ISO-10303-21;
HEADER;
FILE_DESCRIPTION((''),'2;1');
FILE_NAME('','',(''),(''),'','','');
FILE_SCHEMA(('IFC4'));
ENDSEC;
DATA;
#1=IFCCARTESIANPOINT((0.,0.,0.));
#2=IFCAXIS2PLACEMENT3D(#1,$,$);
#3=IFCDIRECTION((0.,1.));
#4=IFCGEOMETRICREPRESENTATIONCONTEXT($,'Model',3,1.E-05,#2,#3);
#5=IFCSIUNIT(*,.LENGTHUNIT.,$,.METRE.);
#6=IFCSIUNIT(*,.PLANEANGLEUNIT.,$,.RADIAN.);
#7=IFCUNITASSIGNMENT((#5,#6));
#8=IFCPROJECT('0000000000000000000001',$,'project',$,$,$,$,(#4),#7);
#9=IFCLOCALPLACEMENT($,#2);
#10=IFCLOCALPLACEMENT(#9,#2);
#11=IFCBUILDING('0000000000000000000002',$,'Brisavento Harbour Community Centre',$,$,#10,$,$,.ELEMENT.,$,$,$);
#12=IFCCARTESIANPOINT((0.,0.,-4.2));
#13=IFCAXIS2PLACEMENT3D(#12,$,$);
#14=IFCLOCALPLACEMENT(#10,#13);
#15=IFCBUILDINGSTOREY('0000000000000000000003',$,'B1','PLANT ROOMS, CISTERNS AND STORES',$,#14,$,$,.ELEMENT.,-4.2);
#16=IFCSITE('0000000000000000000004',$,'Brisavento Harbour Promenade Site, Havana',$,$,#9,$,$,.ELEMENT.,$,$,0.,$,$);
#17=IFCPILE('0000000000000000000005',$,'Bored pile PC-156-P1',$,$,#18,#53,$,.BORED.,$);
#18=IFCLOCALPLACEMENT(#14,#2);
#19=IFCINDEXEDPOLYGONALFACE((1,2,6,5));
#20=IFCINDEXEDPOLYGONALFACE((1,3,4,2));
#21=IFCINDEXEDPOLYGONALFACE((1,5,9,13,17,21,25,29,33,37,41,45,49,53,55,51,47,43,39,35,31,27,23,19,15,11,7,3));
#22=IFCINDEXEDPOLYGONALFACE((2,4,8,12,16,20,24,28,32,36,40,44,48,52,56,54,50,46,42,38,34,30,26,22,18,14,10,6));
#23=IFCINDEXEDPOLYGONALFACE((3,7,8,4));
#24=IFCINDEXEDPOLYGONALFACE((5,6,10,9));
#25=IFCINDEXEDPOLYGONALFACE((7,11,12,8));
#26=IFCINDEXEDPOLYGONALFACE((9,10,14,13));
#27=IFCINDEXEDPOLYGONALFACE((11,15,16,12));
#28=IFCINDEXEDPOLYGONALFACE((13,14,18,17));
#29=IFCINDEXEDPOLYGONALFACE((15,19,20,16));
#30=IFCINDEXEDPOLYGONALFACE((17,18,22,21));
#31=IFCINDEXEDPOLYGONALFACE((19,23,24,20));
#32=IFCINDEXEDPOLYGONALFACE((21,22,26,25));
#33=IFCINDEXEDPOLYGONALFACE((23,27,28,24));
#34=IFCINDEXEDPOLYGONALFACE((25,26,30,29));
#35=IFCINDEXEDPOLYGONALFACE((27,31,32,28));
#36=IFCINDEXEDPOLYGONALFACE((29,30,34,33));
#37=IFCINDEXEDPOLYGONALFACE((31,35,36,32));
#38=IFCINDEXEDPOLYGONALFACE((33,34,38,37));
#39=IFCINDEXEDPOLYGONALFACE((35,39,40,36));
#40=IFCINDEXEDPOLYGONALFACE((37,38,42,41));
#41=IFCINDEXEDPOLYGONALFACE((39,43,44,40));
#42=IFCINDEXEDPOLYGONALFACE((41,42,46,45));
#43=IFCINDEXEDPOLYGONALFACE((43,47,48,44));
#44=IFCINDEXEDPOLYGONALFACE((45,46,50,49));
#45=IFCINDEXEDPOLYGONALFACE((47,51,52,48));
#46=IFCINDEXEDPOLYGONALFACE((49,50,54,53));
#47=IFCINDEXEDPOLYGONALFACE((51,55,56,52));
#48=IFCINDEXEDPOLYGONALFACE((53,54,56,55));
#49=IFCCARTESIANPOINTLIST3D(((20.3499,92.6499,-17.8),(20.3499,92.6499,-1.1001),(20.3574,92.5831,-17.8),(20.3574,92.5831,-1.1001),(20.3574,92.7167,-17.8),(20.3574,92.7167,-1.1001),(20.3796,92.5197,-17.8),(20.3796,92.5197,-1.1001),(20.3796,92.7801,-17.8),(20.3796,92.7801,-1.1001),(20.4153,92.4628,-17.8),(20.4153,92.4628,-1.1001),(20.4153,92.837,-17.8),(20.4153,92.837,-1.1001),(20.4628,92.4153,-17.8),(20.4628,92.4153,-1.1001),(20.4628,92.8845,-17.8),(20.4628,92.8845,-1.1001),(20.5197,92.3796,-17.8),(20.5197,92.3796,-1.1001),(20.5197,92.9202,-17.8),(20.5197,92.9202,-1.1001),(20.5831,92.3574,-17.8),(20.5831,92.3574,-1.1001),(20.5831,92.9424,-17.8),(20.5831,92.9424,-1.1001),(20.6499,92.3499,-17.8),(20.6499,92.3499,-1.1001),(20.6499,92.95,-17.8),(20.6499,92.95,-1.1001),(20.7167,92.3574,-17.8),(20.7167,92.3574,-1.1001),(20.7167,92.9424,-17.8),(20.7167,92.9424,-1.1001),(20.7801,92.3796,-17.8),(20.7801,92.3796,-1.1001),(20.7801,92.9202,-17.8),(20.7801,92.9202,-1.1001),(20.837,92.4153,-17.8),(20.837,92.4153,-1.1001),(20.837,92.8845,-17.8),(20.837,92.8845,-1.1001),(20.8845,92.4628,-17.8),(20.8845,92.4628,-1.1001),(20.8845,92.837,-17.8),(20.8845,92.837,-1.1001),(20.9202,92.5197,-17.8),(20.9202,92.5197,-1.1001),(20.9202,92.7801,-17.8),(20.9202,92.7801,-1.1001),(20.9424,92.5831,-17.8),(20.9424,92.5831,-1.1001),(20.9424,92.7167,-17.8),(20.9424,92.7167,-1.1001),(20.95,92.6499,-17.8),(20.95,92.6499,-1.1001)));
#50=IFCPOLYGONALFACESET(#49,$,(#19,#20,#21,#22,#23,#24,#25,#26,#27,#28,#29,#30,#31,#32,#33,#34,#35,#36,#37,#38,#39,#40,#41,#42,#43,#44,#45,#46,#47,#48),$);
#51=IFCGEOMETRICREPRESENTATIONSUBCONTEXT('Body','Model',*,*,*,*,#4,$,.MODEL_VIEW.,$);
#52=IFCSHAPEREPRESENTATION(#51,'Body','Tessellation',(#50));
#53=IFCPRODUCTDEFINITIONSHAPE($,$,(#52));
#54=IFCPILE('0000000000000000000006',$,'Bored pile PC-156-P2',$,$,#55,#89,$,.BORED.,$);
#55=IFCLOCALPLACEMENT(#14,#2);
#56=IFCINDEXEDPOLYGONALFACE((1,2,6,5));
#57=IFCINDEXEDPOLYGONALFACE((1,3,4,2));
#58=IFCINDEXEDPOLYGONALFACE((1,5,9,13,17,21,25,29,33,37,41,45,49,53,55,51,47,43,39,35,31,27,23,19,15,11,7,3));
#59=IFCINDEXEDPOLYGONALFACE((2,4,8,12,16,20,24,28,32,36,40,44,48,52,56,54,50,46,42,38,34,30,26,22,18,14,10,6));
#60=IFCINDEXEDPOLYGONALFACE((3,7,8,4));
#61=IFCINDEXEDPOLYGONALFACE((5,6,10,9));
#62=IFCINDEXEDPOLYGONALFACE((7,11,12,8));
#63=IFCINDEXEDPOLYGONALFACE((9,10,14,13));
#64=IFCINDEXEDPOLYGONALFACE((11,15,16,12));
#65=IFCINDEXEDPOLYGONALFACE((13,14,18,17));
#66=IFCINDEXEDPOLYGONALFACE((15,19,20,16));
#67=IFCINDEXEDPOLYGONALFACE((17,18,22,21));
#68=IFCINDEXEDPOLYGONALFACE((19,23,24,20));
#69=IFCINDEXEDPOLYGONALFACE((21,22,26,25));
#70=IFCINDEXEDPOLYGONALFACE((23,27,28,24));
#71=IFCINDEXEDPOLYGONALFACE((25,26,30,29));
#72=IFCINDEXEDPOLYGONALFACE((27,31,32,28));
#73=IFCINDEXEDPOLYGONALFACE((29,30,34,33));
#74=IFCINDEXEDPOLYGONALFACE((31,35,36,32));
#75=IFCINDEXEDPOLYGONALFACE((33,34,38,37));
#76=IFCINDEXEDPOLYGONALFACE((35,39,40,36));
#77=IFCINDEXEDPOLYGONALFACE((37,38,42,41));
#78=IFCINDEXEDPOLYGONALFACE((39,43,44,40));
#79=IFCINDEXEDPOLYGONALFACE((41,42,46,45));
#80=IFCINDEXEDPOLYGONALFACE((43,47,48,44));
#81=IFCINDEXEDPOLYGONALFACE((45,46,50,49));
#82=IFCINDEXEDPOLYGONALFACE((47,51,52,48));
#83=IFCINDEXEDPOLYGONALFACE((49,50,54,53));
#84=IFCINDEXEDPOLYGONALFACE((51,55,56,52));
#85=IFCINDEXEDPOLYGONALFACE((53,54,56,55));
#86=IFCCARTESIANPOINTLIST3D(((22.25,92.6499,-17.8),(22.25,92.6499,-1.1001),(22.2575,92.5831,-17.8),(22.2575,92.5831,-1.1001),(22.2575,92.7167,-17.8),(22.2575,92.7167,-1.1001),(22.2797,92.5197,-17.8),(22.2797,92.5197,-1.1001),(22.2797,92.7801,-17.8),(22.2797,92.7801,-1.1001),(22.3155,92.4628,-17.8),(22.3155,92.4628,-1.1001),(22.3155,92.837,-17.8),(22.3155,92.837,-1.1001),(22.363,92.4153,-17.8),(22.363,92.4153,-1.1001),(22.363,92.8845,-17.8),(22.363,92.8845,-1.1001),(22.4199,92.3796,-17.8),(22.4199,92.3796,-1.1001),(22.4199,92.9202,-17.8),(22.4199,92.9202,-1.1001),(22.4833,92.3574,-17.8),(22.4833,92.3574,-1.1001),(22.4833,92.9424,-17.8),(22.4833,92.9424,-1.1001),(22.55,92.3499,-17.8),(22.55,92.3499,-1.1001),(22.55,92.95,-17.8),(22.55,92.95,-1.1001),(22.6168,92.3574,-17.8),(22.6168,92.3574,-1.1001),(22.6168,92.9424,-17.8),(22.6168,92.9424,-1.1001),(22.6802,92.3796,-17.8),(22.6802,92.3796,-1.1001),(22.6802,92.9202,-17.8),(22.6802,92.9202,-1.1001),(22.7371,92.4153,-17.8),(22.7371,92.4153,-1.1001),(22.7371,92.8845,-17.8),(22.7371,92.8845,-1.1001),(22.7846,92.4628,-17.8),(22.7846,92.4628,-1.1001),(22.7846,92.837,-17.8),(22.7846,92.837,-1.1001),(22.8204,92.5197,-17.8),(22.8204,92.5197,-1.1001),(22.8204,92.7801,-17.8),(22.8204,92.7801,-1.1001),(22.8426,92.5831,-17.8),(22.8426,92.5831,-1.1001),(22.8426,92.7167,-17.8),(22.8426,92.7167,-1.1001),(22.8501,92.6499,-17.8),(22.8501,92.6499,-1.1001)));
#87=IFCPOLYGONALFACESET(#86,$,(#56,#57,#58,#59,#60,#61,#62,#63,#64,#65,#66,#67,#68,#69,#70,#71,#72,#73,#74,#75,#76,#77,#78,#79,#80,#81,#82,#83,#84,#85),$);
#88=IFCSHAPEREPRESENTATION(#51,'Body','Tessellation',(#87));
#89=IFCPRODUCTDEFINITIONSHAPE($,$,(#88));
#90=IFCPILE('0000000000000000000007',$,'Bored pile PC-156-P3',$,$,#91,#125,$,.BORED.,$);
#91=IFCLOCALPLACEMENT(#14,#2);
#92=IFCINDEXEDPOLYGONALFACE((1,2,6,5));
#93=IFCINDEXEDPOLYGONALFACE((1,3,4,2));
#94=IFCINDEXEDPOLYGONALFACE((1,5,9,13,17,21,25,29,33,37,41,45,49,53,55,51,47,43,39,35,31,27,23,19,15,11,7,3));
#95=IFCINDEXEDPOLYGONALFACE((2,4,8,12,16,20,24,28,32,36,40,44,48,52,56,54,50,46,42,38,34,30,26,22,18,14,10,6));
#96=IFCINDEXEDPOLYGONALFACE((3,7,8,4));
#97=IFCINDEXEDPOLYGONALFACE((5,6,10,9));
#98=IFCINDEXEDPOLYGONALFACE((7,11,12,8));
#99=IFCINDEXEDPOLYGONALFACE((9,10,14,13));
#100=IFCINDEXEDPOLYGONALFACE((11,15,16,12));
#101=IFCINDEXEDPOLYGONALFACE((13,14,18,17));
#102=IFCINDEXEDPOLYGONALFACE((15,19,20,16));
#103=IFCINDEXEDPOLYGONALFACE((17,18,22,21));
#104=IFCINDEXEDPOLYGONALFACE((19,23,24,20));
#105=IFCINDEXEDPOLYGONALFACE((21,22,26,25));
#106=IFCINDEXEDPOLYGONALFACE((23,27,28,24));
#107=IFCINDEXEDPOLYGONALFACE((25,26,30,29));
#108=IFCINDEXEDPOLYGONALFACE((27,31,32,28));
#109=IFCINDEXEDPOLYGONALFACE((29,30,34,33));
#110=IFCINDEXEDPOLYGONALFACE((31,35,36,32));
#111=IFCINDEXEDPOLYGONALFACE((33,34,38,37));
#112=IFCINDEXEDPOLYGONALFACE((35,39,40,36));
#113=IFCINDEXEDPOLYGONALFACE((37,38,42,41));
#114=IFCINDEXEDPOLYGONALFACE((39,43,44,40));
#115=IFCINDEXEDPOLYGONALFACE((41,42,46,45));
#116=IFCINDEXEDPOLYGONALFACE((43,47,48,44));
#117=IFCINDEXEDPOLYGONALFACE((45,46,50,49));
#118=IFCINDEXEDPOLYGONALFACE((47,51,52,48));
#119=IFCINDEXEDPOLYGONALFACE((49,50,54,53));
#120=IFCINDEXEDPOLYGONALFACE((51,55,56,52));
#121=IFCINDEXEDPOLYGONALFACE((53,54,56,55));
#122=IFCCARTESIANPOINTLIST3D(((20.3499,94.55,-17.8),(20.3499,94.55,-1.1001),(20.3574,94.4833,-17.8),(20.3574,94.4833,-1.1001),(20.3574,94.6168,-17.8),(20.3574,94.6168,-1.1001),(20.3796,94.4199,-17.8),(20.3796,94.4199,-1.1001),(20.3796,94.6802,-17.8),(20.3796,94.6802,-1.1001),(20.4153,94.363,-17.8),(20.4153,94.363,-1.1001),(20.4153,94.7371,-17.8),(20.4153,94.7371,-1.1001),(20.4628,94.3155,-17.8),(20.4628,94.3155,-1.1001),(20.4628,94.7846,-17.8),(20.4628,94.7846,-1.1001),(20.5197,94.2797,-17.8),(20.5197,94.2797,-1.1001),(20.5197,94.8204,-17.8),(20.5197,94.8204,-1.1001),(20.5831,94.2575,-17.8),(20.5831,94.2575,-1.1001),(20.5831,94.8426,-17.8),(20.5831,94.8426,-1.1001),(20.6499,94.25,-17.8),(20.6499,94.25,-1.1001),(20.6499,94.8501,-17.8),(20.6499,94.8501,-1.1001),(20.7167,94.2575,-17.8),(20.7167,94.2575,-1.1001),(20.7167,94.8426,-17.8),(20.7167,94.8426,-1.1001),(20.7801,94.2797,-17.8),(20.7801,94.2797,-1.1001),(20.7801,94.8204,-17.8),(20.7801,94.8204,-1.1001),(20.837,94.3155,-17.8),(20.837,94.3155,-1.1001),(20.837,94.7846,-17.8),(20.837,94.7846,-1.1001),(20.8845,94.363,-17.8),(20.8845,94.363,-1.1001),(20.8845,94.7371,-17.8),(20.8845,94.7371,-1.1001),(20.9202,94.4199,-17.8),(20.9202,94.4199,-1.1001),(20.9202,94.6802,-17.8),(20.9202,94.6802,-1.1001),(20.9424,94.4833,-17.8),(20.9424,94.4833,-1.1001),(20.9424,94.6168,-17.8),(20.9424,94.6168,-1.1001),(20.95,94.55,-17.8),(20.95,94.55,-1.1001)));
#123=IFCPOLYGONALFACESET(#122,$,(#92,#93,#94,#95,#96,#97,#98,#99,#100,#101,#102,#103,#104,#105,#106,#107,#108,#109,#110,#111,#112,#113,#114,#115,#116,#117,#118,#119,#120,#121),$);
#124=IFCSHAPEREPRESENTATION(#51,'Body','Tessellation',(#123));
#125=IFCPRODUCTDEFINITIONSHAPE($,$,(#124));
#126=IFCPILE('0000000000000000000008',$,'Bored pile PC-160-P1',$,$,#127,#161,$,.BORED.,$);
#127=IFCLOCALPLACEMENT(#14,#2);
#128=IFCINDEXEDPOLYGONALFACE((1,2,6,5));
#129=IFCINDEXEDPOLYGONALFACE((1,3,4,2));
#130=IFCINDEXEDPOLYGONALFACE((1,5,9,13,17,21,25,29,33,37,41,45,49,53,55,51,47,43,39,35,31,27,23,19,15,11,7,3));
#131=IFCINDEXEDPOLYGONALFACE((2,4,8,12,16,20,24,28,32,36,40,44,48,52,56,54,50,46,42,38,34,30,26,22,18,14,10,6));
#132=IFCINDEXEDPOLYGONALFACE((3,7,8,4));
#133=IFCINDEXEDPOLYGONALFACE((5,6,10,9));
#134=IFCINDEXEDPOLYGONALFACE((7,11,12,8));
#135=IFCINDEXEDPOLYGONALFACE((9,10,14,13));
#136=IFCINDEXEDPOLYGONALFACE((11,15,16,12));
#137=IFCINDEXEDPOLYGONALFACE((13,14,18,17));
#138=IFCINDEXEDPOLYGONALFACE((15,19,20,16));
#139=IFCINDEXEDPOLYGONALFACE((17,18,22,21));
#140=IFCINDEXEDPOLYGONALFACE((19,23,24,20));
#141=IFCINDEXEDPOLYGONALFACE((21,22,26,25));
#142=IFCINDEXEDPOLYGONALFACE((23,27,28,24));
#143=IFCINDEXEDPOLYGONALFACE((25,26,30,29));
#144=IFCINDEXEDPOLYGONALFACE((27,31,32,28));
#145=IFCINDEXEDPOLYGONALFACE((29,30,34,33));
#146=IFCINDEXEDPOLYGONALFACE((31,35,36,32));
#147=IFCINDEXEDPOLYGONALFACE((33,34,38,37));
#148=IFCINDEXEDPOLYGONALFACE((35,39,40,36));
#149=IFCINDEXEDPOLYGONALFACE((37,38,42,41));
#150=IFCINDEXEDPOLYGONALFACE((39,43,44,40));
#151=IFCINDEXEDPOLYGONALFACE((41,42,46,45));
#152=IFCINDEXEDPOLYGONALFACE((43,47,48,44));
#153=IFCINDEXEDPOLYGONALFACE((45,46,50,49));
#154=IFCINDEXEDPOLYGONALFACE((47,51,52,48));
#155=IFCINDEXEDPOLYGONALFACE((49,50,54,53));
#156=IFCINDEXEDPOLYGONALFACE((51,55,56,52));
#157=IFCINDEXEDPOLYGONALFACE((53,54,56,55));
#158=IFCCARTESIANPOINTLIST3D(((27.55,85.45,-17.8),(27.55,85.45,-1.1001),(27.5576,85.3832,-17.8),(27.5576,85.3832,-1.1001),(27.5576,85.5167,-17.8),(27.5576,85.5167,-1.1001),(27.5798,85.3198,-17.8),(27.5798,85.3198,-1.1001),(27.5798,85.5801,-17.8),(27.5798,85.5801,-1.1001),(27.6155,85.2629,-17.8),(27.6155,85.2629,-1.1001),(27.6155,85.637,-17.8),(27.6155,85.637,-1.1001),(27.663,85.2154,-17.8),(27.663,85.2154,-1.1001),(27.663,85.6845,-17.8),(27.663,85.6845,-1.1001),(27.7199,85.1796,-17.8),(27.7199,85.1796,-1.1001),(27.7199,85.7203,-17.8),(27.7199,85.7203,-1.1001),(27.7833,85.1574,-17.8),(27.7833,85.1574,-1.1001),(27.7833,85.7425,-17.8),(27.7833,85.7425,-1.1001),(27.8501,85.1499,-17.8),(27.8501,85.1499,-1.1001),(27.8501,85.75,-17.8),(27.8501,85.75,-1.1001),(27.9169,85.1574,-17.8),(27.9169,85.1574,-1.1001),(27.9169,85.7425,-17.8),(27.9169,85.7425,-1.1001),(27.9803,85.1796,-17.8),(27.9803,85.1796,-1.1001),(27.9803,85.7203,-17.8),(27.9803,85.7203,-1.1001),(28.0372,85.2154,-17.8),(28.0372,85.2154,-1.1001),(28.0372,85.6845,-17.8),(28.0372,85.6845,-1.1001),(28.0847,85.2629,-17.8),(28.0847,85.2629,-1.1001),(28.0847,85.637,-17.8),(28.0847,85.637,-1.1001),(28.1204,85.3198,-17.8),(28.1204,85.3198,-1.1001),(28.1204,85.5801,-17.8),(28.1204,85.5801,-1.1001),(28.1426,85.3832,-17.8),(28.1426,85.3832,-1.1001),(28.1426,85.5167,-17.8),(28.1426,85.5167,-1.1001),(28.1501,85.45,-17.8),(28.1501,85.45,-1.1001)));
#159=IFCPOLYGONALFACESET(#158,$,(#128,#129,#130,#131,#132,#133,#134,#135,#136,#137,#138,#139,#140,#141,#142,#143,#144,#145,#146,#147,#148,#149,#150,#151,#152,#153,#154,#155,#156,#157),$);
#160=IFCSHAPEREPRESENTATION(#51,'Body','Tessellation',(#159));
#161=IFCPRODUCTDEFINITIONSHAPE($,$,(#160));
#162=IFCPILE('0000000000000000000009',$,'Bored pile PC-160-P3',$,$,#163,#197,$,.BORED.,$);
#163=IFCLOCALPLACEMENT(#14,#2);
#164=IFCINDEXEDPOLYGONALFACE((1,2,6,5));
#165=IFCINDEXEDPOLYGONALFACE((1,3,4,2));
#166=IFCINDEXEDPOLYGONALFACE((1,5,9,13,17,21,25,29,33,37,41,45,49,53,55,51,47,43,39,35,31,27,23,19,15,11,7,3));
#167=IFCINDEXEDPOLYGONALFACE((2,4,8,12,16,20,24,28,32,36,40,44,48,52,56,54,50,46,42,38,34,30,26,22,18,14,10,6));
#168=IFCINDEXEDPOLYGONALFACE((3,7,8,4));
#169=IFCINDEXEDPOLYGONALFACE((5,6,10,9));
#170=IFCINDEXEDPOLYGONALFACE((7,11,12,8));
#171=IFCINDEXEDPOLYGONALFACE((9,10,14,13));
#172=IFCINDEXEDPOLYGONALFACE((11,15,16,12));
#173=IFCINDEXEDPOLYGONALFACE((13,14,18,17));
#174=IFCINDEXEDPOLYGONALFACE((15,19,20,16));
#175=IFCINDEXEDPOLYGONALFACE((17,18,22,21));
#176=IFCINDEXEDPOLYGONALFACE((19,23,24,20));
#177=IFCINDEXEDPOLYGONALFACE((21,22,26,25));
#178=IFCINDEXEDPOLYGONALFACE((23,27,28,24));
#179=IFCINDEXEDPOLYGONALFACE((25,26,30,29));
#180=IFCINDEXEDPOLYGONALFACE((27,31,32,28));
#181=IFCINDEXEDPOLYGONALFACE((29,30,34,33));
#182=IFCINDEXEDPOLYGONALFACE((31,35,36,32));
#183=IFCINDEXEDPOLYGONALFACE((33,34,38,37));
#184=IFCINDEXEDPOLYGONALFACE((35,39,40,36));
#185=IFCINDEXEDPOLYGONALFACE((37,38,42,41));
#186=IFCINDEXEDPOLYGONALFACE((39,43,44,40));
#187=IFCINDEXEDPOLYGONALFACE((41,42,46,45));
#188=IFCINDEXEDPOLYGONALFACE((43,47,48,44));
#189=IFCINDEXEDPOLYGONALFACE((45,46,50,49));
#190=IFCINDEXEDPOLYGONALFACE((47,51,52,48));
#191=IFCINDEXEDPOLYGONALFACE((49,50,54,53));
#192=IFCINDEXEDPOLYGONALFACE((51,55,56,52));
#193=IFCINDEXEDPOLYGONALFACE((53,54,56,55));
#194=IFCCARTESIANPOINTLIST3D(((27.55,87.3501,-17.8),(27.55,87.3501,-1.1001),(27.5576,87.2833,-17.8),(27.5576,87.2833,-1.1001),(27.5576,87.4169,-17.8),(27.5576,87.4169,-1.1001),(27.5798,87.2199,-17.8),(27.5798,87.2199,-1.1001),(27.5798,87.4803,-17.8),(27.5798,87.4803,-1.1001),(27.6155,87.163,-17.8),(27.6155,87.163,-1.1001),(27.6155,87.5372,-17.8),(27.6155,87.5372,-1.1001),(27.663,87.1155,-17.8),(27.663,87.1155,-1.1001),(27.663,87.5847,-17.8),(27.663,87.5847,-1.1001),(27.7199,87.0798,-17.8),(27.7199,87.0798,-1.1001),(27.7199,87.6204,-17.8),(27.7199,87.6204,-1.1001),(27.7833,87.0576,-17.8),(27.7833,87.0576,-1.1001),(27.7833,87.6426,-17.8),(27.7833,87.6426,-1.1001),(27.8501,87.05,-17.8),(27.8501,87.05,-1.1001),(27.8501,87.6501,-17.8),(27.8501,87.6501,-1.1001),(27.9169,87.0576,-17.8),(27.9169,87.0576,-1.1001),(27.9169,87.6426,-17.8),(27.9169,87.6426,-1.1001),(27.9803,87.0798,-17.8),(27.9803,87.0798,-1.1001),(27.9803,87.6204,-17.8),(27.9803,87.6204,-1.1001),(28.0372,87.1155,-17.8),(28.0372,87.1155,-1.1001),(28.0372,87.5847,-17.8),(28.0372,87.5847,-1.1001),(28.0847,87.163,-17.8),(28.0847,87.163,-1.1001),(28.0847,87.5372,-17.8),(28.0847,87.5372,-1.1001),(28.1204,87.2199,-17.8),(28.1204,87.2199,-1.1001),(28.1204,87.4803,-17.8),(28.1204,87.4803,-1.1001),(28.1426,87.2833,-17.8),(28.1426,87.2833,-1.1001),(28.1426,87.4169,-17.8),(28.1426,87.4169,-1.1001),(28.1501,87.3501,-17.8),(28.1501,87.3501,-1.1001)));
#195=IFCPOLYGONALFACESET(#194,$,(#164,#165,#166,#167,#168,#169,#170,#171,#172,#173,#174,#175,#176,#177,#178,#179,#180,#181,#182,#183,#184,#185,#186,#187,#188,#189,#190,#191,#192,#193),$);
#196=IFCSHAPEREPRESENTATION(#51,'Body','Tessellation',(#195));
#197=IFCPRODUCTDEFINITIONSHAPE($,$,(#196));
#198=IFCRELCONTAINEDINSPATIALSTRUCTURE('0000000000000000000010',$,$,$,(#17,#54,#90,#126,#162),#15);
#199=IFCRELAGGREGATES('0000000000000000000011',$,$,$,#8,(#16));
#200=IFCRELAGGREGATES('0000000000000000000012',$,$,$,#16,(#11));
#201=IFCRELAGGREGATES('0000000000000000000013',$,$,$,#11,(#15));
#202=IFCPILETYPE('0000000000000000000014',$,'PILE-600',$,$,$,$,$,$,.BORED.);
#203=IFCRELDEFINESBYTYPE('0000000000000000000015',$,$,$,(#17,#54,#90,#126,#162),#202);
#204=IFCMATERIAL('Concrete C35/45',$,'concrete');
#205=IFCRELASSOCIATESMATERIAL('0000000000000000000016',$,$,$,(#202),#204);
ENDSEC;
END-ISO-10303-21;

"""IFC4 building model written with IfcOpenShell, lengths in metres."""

from ifc_helpers import new_model, si_unit, direction, frame, origin, origin_2d, place, context, subcontext, project, spatial, circle, extrude, material, material_profile, profile_set, type_object, element, save


model = new_model("IFC4")

# Units and contexts
model_context = context("Model", 3, precision=1e-05, world=origin(), true_north=direction((0.0, 1.0)))
body_context = subcontext(model_context, "Body", "Model", "MODEL_VIEW")
ifc_project = project(units=[si_unit("LENGTHUNIT", "METRE"), si_unit("PLANEANGLEUNIT", "RADIAN")], contexts=[model_context])

# Site, building, storey
site_placement = place(None, origin())
site = spatial("IfcSite", under=ifc_project, at=site_placement, Name="Brisavento Harbour Promenade Site, Havana", CompositionType="ELEMENT", RefElevation=0.0)
building_placement = place(site_placement, origin())
building = spatial("IfcBuilding", under=site, at=building_placement, Name="Brisavento Harbour Community Centre", CompositionType="ELEMENT")
storey_placement = place(building_placement, frame((0.0, 0.0, -4.2)))
storey = spatial("IfcBuildingStorey", under=building, at=storey_placement, Name="B1", Description="PLANT ROOMS, CISTERNS AND STORES", CompositionType="ELEMENT", Elevation=-4.2)

# Shared definitions
ifc_material = material(Name="Concrete C35/45", Category="concrete")

# Piles
ifc_material_profile_1 = material_profile(ifc_material, circle(Radius=0.3, at=origin_2d()), Name="Concrete C35/45")
ifc_profile_set_1 = profile_set([ifc_material_profile_1], Name="Concrete C35/45")
pile_type = type_object("IfcPileType", Name="PILE-600", PredefinedType="BORED", material=ifc_profile_set_1)
for number, where, z_axis, x_axis, name in (
    (1, (20.6499, 92.6499, -1.1001), (0.0, 0.0, -1.0), (1.0, 0.0, 0.0), "Bored pile PC-156-P1"),
    (2, (22.55, 92.6499, -1.1001), (0.0, 0.0, -1.0), (1.0, 0.0, 0.0), "Bored pile PC-156-P2"),
    (3, (20.6499, 94.55, -1.1001), (0.0, 0.0, -1.0), (1.0, 0.0, 0.0), "Bored pile PC-156-P3"),
    (4, (27.8501, 85.45, -1.1001), (0.0, 0.0, -1.0), (1.0, 0.0, 0.0), "Bored pile PC-160-P1"),
    (5, (27.8501, 87.3501, -1.1001), (0.0, 0.0, -1.0), (1.0, 0.0, 0.0), "Bored pile PC-160-P3"),
):
    element("IfcPile", number, at=place(storey_placement, frame(where, z_axis=z_axis, x_axis=x_axis)), inside=storey, type_object=pile_type, Name=name, PredefinedType="BORED", context=body_context, shape_type="SweptSolid", body=[
        extrude(circle(Radius=0.3, at=origin_2d()), origin(), (0.0, 0.0, 1.0), 16.7),
    ])

save(model, "model.ifc")
